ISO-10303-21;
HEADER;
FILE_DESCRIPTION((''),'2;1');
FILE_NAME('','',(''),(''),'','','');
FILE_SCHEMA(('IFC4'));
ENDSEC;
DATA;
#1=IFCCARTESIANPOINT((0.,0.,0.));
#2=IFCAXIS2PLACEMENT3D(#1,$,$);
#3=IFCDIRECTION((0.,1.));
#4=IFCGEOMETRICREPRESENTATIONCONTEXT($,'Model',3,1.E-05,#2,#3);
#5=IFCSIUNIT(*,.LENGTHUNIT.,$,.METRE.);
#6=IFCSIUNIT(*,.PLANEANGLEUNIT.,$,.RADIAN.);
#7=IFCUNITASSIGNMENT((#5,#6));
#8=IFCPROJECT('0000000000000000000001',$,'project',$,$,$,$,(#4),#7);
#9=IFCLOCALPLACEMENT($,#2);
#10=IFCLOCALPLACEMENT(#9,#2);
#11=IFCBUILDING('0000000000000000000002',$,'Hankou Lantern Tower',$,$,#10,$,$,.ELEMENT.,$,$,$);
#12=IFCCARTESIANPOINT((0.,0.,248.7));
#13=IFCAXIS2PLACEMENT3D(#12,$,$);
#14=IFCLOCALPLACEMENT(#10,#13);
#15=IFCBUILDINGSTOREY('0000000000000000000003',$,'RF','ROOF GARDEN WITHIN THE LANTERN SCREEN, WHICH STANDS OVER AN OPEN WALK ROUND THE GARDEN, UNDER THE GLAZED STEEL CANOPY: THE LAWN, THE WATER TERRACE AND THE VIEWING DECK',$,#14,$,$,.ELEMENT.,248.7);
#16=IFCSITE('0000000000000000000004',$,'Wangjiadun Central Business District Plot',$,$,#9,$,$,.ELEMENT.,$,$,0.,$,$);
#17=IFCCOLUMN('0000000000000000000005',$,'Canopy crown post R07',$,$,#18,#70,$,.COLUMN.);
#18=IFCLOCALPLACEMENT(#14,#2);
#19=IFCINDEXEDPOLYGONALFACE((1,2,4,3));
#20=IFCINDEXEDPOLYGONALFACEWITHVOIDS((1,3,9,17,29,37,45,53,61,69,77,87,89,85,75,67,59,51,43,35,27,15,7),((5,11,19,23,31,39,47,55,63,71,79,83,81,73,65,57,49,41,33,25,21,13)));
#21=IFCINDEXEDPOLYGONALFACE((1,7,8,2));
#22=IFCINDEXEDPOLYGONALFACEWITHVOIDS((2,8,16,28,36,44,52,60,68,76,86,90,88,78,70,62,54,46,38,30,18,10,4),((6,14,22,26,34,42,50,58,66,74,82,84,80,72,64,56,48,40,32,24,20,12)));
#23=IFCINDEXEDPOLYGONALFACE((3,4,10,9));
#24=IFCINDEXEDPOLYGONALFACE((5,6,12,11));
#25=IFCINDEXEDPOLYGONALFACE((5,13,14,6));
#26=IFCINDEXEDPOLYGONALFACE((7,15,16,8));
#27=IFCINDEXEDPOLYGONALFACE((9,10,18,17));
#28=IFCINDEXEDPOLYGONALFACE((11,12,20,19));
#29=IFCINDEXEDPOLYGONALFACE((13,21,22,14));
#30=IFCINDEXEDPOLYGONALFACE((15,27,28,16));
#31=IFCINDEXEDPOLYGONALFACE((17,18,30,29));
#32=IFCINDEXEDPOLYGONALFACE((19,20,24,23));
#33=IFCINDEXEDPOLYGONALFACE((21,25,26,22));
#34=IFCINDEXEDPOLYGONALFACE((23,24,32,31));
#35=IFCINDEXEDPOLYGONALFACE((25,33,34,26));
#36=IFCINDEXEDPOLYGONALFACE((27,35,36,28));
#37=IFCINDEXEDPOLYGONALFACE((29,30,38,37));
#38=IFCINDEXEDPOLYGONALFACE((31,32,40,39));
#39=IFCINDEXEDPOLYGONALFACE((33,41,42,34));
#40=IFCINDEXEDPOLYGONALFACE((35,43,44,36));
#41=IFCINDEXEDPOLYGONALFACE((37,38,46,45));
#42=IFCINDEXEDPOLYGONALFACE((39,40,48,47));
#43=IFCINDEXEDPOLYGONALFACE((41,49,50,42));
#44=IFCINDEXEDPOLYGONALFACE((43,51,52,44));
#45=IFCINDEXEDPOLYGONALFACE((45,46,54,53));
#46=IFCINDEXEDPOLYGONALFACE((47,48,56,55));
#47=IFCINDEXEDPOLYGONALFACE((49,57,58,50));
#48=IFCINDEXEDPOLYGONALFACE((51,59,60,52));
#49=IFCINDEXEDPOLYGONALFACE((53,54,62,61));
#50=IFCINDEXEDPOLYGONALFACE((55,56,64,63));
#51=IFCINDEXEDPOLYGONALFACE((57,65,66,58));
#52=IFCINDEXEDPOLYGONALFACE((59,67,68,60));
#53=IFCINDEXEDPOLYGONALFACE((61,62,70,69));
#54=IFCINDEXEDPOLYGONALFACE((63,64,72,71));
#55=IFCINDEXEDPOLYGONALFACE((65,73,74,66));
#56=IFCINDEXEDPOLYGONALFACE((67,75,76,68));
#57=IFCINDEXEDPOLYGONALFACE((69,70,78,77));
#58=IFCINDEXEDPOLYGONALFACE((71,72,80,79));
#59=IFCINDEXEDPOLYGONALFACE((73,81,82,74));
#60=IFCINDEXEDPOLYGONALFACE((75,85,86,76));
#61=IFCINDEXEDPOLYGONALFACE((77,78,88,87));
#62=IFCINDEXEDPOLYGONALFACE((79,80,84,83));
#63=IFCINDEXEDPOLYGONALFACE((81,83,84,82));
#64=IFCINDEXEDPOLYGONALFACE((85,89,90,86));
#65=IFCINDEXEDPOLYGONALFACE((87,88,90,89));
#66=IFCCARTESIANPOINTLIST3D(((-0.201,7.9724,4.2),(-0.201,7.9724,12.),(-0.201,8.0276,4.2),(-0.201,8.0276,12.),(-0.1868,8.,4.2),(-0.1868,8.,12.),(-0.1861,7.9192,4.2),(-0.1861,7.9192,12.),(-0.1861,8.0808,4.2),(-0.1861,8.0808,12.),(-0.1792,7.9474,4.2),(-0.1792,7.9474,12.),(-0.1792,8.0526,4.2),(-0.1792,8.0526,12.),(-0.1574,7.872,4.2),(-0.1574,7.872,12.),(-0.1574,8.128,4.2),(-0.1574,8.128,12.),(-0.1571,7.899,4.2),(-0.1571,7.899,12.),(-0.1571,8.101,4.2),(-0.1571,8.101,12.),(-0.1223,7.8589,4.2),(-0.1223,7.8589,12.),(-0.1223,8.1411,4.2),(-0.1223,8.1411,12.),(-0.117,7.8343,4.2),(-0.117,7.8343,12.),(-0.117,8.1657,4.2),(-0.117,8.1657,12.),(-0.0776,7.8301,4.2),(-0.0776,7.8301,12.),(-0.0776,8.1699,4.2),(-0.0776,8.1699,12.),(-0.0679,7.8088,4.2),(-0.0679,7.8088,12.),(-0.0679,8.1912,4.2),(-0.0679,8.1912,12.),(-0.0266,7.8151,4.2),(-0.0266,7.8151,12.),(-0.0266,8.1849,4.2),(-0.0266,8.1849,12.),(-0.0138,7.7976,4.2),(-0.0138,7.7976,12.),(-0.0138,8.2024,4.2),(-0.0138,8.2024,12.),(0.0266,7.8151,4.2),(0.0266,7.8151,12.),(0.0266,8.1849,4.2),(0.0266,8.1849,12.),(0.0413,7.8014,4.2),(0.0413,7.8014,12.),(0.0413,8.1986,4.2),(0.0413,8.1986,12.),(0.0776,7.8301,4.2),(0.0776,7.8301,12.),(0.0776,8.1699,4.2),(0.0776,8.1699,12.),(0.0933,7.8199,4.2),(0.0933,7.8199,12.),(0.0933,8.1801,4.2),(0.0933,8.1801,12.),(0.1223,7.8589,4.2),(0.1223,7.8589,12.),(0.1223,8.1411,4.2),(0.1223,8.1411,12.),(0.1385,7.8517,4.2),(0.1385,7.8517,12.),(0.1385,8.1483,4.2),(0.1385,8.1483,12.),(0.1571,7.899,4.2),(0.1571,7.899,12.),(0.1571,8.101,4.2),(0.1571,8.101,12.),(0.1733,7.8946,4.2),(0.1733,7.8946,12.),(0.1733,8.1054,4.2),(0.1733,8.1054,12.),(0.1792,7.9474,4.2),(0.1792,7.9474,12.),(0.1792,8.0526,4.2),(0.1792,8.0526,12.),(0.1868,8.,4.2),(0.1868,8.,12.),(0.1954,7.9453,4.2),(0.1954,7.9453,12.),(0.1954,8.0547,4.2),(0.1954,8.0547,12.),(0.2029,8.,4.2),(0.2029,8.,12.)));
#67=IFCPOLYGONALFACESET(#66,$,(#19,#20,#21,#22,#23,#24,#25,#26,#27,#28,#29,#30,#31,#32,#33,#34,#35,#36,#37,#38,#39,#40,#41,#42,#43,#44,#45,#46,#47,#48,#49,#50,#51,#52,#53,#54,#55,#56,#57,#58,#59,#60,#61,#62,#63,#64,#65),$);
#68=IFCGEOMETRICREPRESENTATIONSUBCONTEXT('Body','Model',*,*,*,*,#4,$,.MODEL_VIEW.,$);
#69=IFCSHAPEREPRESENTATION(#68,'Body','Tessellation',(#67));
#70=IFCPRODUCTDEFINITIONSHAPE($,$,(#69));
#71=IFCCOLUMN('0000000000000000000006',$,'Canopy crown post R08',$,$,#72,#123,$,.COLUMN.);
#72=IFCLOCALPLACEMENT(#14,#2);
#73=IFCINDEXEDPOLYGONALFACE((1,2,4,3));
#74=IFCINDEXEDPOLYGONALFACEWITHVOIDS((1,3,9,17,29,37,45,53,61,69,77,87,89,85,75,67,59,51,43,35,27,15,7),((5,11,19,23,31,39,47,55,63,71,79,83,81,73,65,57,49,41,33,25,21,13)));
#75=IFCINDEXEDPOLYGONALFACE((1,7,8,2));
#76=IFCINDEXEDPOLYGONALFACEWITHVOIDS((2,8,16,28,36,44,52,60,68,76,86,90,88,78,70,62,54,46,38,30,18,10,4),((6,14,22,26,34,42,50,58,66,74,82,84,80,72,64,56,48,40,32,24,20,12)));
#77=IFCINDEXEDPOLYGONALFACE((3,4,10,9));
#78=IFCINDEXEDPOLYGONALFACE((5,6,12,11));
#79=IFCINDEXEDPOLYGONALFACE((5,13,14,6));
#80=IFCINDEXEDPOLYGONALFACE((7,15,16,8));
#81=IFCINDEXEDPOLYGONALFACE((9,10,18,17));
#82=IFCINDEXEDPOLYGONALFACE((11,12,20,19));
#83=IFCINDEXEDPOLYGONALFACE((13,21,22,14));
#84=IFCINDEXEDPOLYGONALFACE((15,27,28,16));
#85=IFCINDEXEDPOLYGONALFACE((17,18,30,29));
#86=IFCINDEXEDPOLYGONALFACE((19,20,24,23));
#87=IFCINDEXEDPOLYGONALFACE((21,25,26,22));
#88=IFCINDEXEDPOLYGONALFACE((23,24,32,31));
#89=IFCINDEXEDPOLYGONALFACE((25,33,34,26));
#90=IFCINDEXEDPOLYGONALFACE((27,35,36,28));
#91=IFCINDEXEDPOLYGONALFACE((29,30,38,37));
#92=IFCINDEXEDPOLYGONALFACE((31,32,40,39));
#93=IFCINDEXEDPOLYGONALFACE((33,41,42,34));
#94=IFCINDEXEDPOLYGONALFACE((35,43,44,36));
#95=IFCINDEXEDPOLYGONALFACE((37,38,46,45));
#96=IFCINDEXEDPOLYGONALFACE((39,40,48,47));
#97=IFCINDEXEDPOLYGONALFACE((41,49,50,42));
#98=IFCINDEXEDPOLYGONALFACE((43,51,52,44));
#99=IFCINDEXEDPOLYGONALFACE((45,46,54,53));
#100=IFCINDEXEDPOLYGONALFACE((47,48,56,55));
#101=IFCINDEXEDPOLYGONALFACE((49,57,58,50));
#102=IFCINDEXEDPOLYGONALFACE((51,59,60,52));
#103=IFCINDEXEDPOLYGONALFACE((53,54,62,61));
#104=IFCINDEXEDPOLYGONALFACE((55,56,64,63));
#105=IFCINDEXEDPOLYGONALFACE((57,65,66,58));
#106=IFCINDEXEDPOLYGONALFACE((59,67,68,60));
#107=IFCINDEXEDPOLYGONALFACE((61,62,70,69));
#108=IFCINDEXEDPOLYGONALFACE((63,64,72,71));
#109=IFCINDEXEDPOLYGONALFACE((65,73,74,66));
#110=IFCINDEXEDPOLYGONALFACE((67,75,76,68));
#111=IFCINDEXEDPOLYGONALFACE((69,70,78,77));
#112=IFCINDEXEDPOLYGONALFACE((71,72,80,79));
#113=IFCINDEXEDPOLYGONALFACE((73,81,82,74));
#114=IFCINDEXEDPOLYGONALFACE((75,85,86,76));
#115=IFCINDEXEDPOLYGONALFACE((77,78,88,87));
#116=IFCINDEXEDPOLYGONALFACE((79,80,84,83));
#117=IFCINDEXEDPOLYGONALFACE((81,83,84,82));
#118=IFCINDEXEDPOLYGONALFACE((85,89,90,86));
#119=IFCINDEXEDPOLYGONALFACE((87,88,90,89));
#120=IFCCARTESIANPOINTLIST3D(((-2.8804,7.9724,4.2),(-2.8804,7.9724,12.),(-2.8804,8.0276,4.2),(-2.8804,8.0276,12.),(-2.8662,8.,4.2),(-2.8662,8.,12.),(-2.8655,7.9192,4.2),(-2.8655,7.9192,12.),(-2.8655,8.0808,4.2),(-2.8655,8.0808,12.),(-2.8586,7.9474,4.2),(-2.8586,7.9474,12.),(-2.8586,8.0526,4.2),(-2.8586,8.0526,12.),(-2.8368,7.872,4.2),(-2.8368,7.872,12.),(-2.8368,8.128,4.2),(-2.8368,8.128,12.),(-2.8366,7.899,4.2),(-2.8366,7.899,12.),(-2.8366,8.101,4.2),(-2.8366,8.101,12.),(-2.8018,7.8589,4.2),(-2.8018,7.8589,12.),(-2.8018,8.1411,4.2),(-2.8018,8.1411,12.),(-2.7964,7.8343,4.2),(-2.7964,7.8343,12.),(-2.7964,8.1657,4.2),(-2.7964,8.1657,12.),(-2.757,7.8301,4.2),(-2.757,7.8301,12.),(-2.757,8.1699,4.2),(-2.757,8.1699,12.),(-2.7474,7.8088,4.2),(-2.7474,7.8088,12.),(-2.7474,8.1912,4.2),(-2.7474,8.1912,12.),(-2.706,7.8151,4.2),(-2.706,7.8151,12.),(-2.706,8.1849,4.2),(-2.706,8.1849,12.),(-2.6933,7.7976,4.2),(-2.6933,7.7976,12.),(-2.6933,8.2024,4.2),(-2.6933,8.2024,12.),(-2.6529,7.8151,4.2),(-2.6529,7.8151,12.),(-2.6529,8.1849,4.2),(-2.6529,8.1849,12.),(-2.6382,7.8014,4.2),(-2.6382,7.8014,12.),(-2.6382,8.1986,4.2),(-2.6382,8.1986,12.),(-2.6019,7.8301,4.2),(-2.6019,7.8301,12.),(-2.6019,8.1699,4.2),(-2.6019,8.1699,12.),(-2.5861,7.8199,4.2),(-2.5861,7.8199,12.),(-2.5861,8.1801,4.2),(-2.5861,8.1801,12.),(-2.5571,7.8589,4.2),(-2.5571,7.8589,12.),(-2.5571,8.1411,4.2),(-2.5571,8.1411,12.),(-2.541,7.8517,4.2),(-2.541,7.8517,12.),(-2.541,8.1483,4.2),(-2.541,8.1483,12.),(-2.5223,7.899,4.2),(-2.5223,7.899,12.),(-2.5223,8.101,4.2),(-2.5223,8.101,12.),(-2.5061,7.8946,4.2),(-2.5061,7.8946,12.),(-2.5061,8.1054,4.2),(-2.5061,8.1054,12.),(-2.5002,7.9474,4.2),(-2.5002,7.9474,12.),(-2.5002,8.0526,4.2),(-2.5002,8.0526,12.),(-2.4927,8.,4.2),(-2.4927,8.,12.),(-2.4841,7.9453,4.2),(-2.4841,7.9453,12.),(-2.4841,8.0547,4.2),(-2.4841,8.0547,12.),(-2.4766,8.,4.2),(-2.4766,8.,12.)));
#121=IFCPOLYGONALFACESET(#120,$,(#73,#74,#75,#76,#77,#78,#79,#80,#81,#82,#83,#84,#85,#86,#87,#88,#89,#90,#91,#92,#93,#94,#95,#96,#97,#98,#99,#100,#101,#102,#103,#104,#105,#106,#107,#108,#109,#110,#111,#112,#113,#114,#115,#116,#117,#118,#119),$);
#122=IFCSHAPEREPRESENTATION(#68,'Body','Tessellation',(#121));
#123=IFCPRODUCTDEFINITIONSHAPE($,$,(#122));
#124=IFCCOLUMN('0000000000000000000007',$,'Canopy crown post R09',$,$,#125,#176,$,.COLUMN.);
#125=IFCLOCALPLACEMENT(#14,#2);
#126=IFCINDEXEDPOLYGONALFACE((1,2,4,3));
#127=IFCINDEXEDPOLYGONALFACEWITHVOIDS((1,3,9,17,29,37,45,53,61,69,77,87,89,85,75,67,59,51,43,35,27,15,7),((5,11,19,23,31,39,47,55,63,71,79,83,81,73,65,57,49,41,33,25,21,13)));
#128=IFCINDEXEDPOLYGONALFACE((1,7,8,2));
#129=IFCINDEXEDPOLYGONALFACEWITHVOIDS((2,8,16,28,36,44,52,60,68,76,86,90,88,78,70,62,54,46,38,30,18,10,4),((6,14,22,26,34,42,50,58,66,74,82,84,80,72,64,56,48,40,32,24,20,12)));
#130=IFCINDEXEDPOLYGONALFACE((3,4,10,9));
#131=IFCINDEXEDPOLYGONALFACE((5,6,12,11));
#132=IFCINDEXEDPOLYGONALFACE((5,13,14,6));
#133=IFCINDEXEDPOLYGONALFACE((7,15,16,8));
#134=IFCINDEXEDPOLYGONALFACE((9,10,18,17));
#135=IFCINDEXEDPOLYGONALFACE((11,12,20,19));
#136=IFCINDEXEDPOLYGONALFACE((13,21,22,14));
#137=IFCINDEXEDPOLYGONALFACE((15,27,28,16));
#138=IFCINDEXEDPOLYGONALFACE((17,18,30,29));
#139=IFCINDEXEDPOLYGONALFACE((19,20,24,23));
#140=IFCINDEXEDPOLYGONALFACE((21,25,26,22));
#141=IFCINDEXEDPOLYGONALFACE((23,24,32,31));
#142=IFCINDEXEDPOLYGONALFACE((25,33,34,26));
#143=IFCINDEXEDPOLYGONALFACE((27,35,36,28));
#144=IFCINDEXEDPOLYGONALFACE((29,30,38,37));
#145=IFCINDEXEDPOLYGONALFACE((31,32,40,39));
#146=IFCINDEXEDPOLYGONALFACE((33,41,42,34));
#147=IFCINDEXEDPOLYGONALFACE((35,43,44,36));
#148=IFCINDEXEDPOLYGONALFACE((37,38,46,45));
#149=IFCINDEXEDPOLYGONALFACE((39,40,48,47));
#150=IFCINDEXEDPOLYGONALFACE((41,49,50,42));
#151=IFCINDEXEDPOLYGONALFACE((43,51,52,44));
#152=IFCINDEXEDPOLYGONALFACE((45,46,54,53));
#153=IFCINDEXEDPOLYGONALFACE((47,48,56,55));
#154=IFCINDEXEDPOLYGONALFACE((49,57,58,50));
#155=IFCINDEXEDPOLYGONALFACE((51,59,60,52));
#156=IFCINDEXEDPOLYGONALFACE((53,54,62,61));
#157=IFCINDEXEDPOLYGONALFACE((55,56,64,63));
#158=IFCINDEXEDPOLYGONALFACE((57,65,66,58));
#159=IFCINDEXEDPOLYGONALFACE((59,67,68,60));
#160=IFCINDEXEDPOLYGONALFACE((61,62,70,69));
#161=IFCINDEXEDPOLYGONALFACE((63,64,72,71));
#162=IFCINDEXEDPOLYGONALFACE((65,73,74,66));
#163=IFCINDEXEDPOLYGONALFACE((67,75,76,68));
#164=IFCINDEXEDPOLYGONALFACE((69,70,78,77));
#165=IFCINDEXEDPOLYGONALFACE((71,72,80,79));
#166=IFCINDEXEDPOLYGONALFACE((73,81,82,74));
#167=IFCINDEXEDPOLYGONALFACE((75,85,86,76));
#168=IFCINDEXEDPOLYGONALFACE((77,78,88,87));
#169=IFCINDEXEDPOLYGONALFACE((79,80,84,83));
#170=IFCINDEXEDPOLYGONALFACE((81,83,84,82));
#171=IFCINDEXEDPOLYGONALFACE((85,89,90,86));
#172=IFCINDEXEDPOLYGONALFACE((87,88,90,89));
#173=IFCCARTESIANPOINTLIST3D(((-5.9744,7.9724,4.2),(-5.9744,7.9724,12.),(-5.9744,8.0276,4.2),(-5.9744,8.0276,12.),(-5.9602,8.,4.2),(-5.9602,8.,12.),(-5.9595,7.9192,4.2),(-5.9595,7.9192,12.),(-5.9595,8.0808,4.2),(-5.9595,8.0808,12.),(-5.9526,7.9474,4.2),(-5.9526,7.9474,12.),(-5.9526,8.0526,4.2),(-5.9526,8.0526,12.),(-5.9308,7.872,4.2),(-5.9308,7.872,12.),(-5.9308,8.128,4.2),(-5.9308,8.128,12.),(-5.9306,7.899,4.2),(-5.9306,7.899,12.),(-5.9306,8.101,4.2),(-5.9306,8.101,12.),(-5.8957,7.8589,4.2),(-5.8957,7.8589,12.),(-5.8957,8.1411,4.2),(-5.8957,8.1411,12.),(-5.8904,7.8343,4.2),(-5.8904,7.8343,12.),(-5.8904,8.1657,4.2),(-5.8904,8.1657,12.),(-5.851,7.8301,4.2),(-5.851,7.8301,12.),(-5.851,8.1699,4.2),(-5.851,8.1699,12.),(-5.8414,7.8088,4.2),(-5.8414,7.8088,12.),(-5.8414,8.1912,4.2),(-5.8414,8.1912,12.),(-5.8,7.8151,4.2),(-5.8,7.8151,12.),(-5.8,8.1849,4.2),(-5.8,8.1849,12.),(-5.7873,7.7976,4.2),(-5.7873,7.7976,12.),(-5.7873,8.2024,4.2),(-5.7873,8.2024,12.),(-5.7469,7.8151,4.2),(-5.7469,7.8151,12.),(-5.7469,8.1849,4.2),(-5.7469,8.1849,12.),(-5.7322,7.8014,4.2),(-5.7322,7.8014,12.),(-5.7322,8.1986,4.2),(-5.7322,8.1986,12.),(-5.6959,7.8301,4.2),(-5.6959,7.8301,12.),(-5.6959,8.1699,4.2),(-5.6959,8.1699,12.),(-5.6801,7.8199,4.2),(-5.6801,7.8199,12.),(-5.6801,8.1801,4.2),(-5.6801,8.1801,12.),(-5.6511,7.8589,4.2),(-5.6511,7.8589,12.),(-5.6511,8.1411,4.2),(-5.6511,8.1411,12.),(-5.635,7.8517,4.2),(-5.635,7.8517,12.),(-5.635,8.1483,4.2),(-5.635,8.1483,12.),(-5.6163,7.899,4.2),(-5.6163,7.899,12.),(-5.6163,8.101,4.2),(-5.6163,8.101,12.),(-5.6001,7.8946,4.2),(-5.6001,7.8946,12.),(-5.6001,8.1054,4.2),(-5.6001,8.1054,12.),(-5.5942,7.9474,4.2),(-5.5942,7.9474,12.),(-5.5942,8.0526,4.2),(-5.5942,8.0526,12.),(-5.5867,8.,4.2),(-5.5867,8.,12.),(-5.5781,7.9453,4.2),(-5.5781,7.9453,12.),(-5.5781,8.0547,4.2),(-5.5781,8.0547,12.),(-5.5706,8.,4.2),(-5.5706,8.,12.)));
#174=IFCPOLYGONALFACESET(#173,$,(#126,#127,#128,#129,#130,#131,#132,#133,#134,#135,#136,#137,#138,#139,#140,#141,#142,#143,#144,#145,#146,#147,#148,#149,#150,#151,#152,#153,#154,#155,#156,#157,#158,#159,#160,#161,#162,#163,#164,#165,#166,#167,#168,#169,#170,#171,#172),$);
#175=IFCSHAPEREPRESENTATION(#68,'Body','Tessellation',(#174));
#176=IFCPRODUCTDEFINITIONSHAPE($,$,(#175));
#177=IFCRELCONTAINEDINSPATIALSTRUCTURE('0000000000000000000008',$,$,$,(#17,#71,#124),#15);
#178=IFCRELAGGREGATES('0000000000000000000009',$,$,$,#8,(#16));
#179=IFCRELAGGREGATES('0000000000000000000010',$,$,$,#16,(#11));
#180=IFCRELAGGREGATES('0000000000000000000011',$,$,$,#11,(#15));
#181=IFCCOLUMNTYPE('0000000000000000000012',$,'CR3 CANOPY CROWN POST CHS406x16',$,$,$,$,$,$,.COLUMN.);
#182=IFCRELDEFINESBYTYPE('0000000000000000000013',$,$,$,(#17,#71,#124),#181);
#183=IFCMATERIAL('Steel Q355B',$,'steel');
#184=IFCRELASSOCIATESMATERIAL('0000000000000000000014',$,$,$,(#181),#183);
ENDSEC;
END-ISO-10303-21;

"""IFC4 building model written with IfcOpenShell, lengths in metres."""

from ifc_helpers import new_model, si_unit, direction, frame, origin, origin_2d, place, context, subcontext, project, spatial, hollow_circle, extrude, material, material_profile, profile_set, type_object, element, save


model = new_model("IFC4")

# Units and contexts
model_context = context("Model", 3, precision=1e-05, world=origin(), true_north=direction((0.0, 1.0)))
body_context = subcontext(model_context, "Body", "Model", "MODEL_VIEW")
ifc_project = project(units=[si_unit("LENGTHUNIT", "METRE"), si_unit("PLANEANGLEUNIT", "RADIAN")], contexts=[model_context])

# Site, building, storey
site_placement = place(None, origin())
site = spatial("IfcSite", under=ifc_project, at=site_placement, Name="Wangjiadun Central Business District Plot", CompositionType="ELEMENT", RefElevation=0.0)
building_placement = place(site_placement, origin())
building = spatial("IfcBuilding", under=site, at=building_placement, Name="Hankou Lantern Tower", CompositionType="ELEMENT")
storey_placement = place(building_placement, frame((0.0, 0.0, 248.7)))
storey = spatial("IfcBuildingStorey", under=building, at=storey_placement, Name="RF", Description="ROOF GARDEN WITHIN THE LANTERN SCREEN, WHICH STANDS OVER AN OPEN WALK ROUND THE GARDEN, UNDER THE GLAZED STEEL CANOPY: THE LAWN, THE WATER TERRACE AND THE VIEWING DECK", CompositionType="ELEMENT", Elevation=248.7)

# Columns
ifc_material_1 = material(Name="Steel Q355B", Category="steel")
ifc_material_profile_1 = material_profile(ifc_material_1, hollow_circle(Radius=0.2029, WallThickness=0.0161, at=origin_2d()), Name="CHS406x16")
ifc_profile_set_1 = profile_set([ifc_material_profile_1], Name="Steel Q355B")
column_type = type_object("IfcColumnType", Name="CR3 CANOPY CROWN POST CHS406x16", PredefinedType="COLUMN", material=ifc_profile_set_1)
for number, where, z_axis, x_axis, name in (
    (1, (0.0, 8.0, 4.2), (0.0, 0.0, 1.0), (1.0, 0.0, 0.0), "Canopy crown post R07"),
    (2, (-2.6794, 8.0, 4.2), (0.0, 0.0, 1.0), (1.0, 0.0, 0.0), "Canopy crown post R08"),
    (3, (-5.7734, 8.0, 4.2), (0.0, 0.0, 1.0), (1.0, 0.0, 0.0), "Canopy crown post R09"),
):
    element("IfcColumn", number, at=place(storey_placement, frame(where, z_axis=z_axis, x_axis=x_axis)), inside=storey, type_object=column_type, Name=name, PredefinedType="COLUMN", context=body_context, shape_type="SweptSolid", body=[
        extrude(hollow_circle(Radius=0.2029, WallThickness=0.0161, at=origin_2d()), origin(), (0.0, 0.0, 1.0), 7.8),
    ])

save(model, "model.ifc")
